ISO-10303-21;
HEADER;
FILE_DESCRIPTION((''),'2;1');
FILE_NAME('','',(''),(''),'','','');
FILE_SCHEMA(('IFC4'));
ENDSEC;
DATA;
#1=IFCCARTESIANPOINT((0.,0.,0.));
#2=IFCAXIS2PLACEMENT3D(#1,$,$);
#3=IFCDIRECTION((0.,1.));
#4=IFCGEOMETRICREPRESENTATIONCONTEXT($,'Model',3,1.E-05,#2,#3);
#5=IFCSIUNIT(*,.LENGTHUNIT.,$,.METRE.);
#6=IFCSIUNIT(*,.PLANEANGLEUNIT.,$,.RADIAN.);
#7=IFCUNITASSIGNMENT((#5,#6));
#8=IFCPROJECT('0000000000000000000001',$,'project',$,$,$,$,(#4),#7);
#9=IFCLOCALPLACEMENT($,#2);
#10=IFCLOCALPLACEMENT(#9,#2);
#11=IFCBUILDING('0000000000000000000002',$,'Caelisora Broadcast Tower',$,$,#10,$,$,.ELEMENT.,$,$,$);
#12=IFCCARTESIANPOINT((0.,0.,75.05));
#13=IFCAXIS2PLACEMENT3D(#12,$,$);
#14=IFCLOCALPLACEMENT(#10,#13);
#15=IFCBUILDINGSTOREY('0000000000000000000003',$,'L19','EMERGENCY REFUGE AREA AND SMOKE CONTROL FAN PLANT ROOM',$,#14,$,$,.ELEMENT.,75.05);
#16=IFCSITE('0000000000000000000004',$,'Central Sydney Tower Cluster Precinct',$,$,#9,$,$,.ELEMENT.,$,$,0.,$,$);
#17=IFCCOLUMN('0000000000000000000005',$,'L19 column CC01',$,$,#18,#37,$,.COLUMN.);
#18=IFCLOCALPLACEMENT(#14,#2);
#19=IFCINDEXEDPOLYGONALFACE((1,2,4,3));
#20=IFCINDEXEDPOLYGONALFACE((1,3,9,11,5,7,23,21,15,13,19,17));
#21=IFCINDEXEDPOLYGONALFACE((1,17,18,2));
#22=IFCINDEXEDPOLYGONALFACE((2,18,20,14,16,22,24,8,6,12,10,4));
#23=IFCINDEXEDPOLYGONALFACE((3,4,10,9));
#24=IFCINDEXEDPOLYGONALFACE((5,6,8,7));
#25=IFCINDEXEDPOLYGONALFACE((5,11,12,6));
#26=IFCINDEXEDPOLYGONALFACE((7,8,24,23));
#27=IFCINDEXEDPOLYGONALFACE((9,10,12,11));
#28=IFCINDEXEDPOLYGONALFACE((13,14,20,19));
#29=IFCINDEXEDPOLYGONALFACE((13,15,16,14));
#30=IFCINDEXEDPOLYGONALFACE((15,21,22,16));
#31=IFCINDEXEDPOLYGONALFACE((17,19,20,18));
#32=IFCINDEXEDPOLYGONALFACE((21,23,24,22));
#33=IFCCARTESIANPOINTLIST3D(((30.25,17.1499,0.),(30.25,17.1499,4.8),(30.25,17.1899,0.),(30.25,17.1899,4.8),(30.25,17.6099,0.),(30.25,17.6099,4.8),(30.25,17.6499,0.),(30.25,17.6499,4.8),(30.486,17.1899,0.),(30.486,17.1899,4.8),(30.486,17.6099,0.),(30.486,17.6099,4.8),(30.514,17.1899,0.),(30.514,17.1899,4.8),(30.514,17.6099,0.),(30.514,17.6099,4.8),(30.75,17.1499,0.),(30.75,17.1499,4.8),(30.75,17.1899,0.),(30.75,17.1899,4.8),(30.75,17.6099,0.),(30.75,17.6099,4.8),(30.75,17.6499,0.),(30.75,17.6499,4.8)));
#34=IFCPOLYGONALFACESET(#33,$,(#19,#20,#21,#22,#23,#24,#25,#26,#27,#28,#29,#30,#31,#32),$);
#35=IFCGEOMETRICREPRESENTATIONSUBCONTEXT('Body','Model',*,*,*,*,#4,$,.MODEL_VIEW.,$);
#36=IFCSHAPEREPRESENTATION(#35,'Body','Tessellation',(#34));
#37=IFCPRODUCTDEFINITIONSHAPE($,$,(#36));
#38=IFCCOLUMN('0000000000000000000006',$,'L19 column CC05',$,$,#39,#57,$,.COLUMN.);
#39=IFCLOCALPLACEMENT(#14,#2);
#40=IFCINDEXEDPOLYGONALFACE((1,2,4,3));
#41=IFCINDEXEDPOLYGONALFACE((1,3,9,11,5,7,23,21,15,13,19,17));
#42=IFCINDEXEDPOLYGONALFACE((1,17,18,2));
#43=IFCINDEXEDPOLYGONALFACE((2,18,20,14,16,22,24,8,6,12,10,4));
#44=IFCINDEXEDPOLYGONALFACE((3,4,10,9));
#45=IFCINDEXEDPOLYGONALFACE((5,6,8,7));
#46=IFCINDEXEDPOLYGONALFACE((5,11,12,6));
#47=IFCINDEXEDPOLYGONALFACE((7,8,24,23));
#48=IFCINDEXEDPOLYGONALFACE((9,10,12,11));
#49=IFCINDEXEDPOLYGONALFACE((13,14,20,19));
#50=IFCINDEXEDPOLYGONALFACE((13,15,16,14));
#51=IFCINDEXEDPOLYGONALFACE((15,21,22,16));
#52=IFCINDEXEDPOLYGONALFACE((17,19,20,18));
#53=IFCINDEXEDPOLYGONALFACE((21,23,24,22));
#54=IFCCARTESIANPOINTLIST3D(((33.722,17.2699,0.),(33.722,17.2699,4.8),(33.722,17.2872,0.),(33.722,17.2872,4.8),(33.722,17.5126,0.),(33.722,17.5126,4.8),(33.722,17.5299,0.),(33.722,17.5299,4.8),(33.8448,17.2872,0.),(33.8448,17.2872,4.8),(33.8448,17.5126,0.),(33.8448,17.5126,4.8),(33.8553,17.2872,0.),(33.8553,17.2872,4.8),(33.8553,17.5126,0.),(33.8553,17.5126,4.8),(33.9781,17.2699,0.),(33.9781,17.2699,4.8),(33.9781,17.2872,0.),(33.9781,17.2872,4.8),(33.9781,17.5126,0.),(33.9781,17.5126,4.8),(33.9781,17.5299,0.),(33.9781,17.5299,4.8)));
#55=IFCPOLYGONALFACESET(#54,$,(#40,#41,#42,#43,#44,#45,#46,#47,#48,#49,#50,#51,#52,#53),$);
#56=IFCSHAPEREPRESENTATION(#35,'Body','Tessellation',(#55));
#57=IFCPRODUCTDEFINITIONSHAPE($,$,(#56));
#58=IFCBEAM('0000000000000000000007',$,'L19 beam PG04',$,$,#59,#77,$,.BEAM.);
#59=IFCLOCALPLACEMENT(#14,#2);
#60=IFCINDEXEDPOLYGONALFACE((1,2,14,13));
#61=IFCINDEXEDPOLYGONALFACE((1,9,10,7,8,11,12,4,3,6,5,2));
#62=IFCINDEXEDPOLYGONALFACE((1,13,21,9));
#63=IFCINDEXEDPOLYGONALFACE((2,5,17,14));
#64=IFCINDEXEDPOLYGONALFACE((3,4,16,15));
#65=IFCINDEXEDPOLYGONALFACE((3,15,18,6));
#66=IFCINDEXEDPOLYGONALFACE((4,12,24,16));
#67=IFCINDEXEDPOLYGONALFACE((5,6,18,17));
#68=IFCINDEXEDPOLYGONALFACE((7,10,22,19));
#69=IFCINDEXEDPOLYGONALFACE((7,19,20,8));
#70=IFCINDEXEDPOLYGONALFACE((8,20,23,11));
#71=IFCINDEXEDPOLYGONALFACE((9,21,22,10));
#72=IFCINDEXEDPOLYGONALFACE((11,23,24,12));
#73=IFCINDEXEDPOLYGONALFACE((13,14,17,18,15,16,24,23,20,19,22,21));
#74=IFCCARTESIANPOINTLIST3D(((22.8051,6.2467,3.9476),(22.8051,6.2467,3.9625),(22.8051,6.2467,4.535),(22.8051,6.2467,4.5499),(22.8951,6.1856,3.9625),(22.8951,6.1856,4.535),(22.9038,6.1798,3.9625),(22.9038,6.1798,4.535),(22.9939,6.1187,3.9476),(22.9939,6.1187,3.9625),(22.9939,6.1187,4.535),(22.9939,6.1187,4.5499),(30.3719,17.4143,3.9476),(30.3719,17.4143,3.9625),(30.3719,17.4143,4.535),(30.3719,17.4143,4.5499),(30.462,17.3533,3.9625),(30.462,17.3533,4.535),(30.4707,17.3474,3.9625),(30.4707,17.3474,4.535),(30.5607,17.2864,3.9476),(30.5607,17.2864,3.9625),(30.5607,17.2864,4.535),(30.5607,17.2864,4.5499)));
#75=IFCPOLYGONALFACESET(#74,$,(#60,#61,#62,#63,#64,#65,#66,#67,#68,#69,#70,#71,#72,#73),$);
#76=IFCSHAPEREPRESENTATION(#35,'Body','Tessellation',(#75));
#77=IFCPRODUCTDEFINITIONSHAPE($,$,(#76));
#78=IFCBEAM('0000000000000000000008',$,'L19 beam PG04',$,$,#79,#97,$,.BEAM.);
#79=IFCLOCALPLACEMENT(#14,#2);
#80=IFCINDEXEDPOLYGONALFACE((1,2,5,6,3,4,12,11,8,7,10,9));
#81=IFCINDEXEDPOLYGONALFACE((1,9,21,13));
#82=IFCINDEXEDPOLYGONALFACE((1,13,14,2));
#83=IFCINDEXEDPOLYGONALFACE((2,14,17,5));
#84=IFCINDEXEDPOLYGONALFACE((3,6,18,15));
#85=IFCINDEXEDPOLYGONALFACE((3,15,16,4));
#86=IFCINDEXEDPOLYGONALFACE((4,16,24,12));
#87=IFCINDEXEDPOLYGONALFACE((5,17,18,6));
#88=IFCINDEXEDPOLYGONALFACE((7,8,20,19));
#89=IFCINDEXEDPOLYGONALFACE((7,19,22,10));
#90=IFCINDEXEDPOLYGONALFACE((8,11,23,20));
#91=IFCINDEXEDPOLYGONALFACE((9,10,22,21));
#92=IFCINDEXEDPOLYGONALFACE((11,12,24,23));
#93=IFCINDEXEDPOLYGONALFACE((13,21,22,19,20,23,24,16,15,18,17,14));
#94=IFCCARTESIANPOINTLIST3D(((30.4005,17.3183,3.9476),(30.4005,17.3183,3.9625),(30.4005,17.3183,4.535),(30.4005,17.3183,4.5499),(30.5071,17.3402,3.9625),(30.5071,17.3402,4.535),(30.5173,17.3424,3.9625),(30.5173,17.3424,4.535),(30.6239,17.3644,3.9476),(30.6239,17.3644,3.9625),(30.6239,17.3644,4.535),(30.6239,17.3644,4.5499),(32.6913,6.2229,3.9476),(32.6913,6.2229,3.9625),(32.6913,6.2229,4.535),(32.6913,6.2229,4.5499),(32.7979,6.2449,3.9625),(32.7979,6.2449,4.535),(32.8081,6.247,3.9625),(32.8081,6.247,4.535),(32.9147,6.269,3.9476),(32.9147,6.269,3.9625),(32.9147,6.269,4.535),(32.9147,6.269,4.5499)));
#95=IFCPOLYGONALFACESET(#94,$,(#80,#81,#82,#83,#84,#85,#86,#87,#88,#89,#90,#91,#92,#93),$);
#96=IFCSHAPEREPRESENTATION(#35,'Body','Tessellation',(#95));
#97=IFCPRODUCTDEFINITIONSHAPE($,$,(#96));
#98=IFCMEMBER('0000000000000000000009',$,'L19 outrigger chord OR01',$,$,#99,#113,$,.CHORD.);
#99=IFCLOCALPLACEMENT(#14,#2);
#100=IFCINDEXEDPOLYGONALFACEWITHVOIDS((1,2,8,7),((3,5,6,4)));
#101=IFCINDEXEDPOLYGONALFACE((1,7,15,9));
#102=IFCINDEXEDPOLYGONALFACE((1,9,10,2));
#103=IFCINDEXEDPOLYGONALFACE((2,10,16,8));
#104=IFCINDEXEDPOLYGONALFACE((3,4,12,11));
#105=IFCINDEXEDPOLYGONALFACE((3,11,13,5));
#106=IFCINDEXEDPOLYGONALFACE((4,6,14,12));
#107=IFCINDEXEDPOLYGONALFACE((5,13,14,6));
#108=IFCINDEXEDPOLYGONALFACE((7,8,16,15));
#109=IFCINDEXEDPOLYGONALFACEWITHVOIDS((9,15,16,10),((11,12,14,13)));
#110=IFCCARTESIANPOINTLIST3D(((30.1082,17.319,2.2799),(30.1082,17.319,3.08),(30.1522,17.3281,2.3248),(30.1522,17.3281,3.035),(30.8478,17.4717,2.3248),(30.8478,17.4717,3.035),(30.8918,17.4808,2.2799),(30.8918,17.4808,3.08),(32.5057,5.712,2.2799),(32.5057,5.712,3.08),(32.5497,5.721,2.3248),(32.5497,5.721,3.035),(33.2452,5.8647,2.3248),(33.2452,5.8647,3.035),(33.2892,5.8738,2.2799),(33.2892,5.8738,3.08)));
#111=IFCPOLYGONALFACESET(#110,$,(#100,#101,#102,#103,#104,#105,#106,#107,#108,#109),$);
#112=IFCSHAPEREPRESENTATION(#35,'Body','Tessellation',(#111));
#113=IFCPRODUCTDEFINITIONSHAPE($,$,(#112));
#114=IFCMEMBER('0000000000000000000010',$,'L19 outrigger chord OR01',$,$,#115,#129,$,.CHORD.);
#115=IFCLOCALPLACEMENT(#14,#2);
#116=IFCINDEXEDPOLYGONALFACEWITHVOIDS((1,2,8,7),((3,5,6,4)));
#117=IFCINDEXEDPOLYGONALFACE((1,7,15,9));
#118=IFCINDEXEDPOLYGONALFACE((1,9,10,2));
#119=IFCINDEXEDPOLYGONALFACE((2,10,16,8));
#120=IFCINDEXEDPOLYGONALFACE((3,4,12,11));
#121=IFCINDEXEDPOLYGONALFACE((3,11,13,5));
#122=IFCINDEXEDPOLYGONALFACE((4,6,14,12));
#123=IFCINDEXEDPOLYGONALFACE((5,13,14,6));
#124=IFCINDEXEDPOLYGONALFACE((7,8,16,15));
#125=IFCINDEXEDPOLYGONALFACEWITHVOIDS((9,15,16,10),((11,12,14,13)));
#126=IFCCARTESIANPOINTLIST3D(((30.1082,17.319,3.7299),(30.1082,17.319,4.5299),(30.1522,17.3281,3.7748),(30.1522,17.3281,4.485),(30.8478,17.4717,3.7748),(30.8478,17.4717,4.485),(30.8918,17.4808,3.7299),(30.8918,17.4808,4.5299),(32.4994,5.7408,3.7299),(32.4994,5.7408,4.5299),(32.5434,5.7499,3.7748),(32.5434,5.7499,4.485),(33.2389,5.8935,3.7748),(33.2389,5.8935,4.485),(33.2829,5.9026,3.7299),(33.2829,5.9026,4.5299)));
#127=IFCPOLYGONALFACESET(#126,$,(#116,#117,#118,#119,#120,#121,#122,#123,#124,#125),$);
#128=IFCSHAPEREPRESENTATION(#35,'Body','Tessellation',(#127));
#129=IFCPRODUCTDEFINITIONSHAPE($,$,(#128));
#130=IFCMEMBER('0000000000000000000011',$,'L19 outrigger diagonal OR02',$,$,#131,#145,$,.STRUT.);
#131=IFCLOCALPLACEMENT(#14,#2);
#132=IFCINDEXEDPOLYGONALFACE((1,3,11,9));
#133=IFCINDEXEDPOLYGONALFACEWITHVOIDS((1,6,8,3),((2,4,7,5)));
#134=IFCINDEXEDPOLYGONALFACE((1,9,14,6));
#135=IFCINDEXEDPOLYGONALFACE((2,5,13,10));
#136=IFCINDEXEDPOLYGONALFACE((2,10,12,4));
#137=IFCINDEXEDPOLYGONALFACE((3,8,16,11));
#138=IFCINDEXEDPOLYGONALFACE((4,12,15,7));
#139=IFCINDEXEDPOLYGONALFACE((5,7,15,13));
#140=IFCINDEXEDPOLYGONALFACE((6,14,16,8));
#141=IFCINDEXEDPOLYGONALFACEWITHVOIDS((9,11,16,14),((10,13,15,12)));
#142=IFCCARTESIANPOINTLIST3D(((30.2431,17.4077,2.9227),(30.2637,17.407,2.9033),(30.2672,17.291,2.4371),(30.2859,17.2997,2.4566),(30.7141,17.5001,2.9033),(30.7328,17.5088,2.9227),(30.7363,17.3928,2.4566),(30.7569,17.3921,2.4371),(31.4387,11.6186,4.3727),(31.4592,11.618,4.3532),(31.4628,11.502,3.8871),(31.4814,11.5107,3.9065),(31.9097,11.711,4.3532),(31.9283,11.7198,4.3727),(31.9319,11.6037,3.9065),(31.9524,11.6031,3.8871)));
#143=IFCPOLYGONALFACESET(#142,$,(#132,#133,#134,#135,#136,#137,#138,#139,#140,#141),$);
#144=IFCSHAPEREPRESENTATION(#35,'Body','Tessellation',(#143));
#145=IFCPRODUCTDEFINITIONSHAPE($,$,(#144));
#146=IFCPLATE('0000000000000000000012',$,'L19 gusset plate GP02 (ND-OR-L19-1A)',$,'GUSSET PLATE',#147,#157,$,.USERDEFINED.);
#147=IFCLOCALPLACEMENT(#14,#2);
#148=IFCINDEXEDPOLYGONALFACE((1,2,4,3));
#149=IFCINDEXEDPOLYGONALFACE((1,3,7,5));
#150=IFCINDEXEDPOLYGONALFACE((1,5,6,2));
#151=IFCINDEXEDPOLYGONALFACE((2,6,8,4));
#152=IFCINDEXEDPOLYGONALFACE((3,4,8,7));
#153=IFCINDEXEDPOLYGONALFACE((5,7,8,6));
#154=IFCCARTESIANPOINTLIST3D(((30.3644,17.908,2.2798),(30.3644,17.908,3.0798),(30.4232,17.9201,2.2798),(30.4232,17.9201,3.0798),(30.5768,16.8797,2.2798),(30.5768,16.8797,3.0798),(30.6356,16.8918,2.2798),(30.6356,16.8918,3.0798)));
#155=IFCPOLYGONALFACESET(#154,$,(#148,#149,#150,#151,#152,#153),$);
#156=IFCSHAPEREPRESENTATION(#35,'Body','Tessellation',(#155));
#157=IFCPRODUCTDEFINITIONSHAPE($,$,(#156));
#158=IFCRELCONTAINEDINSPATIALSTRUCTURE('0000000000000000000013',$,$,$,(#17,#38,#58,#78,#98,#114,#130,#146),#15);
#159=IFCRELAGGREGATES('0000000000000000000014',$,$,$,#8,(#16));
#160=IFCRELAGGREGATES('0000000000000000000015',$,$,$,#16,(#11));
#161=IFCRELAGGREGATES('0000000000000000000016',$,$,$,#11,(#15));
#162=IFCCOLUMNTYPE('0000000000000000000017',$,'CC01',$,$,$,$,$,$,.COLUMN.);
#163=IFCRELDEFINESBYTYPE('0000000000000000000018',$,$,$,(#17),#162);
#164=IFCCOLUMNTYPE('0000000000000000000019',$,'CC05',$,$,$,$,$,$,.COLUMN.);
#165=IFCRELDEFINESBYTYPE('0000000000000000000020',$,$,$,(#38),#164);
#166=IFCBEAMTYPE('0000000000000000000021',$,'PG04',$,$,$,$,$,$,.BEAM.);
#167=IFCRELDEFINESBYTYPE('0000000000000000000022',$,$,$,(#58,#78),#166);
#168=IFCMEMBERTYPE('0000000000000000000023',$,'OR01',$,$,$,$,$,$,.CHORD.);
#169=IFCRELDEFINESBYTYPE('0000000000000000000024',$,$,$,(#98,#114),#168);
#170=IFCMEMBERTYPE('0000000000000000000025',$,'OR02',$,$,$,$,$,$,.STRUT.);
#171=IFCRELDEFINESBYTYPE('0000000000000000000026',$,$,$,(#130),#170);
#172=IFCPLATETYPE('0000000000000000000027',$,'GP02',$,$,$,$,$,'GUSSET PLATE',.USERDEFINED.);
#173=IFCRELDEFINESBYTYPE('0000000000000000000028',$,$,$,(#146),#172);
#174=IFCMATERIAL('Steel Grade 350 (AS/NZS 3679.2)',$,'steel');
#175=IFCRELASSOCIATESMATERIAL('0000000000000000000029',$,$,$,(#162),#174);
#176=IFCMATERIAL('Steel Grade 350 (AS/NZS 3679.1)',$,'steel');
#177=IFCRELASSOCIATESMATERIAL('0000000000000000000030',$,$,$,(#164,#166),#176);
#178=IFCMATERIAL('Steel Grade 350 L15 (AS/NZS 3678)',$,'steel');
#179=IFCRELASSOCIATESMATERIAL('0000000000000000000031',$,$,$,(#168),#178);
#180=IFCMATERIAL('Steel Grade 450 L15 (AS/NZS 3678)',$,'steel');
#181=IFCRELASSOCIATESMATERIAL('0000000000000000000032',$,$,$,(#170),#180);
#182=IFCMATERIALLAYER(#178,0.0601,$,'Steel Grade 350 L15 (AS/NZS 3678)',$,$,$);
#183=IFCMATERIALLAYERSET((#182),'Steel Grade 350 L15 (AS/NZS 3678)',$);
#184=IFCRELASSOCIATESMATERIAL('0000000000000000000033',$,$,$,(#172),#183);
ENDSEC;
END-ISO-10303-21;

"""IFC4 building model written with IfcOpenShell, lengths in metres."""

from ifc_helpers import new_model, si_unit, direction, frame, origin, origin_2d, place, context, subcontext, project, spatial, rectangle, hollow_rectangle, i_section, extrude, source, transform, mapped, material, layer, layer_set, material_profile, profile_set, type_object, type_shapes, element, save


model = new_model("IFC4")

# Units and contexts
model_context = context("Model", 3, precision=1e-05, world=origin(), true_north=direction((0.0, 1.0)))
body_context = subcontext(model_context, "Body", "Model", "MODEL_VIEW")
ifc_project = project(units=[si_unit("LENGTHUNIT", "METRE"), si_unit("PLANEANGLEUNIT", "RADIAN")], contexts=[model_context])

# Site, building, storey
site_placement = place(None, origin())
site = spatial("IfcSite", under=ifc_project, at=site_placement, Name="Central Sydney Tower Cluster Precinct", CompositionType="ELEMENT", RefElevation=0.0)
building_placement = place(site_placement, origin())
building = spatial("IfcBuilding", under=site, at=building_placement, Name="Caelisora Broadcast Tower", CompositionType="ELEMENT")
storey_placement = place(building_placement, frame((0.0, 0.0, 75.05)))
storey = spatial("IfcBuildingStorey", under=building, at=storey_placement, Name="L19", Description="EMERGENCY REFUGE AREA AND SMOKE CONTROL FAN PLANT ROOM", CompositionType="ELEMENT", Elevation=75.05)

# Columns
ifc_material_1 = material(Name="Steel Grade 350 (AS/NZS 3679.2)", Category="steel")
ifc_material_profile_1 = material_profile(ifc_material_1, i_section(OverallWidth=0.5, OverallDepth=0.5, WebThickness=0.0281, FlangeThickness=0.04, at=origin_2d()), Name="Steel Grade 350 (AS/NZS 3679.2)")
ifc_profile_set_1 = profile_set([ifc_material_profile_1], Name="Steel Grade 350 (AS/NZS 3679.2)")
column_type_1 = type_object("IfcColumnType", Name="CC01", PredefinedType="COLUMN", material=ifc_profile_set_1)
shared_shape_1 = source(origin(), body_context, "Body", "SweptSolid", [
    extrude(i_section(OverallWidth=0.5, OverallDepth=0.5, WebThickness=0.0281, FlangeThickness=0.04, at=origin_2d()), origin(), (0.0, 0.0, 1.0), 4.8),
])
type_shapes(column_type_1, [shared_shape_1])
column_1_placement = place(storey_placement, frame((30.5, 17.3999, 0.0), z_axis=(0.0, 0.0, 1.0), x_axis=(1.0, 0.0, 0.0)))
element("IfcColumn", 1, at=column_1_placement, inside=storey, type_object=column_type_1, Name="L19 column CC01", PredefinedType="COLUMN", context=body_context, shape_type="MappedRepresentation", body=[
    mapped(shared_shape_1, transform((0.0, 0.0, 0.0), scale=1.0)),
])
ifc_material_2 = material(Name="Steel Grade 350 (AS/NZS 3679.1)", Category="steel")
ifc_material_profile_2 = material_profile(ifc_material_2, i_section(OverallWidth=0.2561, OverallDepth=0.26, WebThickness=0.0105, FlangeThickness=0.0173, at=origin_2d()), Name="Steel Grade 350 (AS/NZS 3679.1)")
ifc_profile_set_2 = profile_set([ifc_material_profile_2], Name="Steel Grade 350 (AS/NZS 3679.1)")
column_type_2 = type_object("IfcColumnType", Name="CC05", PredefinedType="COLUMN", material=ifc_profile_set_2)
shared_shape_2 = source(origin(), body_context, "Body", "SweptSolid", [
    extrude(i_section(OverallWidth=0.2561, OverallDepth=0.26, WebThickness=0.0105, FlangeThickness=0.0173, at=origin_2d()), origin(), (0.0, 0.0, 1.0), 4.8),
])
type_shapes(column_type_2, [shared_shape_2])
column_2_placement = place(storey_placement, frame((33.8501, 17.3999, 0.0), z_axis=(0.0, 0.0, 1.0), x_axis=(1.0, 0.0, 0.0)))
element("IfcColumn", 2, at=column_2_placement, inside=storey, type_object=column_type_2, Name="L19 column CC05", PredefinedType="COLUMN", context=body_context, shape_type="MappedRepresentation", body=[
    mapped(shared_shape_2, transform((0.0, 0.0, 0.0), scale=1.0)),
])

# Beams
ifc_material_profile_3 = material_profile(ifc_material_2, i_section(OverallWidth=0.228, OverallDepth=0.6023, WebThickness=0.0105, FlangeThickness=0.0149, at=origin_2d()), Name="Steel Grade 350 (AS/NZS 3679.1)")
ifc_profile_set_3 = profile_set([ifc_material_profile_3], Name="Steel Grade 350 (AS/NZS 3679.1)")
beam_type = type_object("IfcBeamType", Name="PG04", PredefinedType="BEAM", material=ifc_profile_set_3)
shared_shape_3 = source(origin(), body_context, "Body", "SweptSolid", [
    extrude(i_section(OverallWidth=0.228, OverallDepth=0.6023, WebThickness=0.0105, FlangeThickness=0.0149, at=origin_2d()), origin(), (0.0, 0.0, 1.0), 13.4897),
])
beam_1_placement = place(storey_placement, frame((30.4663, 17.3503, 4.2488), z_axis=(-0.560933, -0.827861, 0.0), x_axis=(0.827861, -0.560933, 0.0)))
element("IfcBeam", 3, at=beam_1_placement, inside=storey, type_object=beam_type, Name="L19 beam PG04", PredefinedType="BEAM", context=body_context, shape_type="MappedRepresentation", body=[
    mapped(shared_shape_3, transform((0.0, 0.0, 0.0), scale=1.0)),
])
shared_shape_4 = source(origin(), body_context, "Body", "SweptSolid", [
    extrude(i_section(OverallWidth=0.228, OverallDepth=0.6023, WebThickness=0.0105, FlangeThickness=0.0149, at=origin_2d()), origin(), (0.0, 0.0, 1.0), 11.3293),
])
type_shapes(beam_type, [shared_shape_3, shared_shape_4])
beam_2_placement = place(storey_placement, frame((30.5122, 17.3413, 4.2488), z_axis=(0.2022, -0.979344, 0.0), x_axis=(0.979344, 0.2022, 0.0)))
element("IfcBeam", 4, at=beam_2_placement, inside=storey, type_object=beam_type, Name="L19 beam PG04", PredefinedType="BEAM", context=body_context, shape_type="MappedRepresentation", body=[
    mapped(shared_shape_4, transform((0.0, 0.0, 0.0), scale=1.0)),
])

# Members
ifc_material_3 = material(Name="Steel Grade 350 L15 (AS/NZS 3678)", Category="steel")
ifc_material_profile_4 = material_profile(ifc_material_3, hollow_rectangle(XDim=0.8, YDim=0.8, WallThickness=0.0449, at=origin_2d()), Name="Steel Grade 350 L15 (AS/NZS 3678)")
ifc_profile_set_4 = profile_set([ifc_material_profile_4], Name="Steel Grade 350 L15 (AS/NZS 3678)")
member_type_1 = type_object("IfcMemberType", Name="OR01", PredefinedType="CHORD", material=ifc_profile_set_4)
shared_shape_5 = source(origin(), body_context, "Body", "SweptSolid", [
    extrude(hollow_rectangle(XDim=0.8, YDim=0.8, WallThickness=0.0449, at=origin_2d()), origin(), (0.0, 0.0, 1.0), 11.8521),
])
member_1_placement = place(storey_placement, frame((30.5, 17.3999, 2.6799), z_axis=(0.202284, -0.979327, 0.0), x_axis=(0.979327, 0.202284, 0.0)))
element("IfcMember", 5, at=member_1_placement, inside=storey, type_object=member_type_1, Name="L19 outrigger chord OR01", PredefinedType="CHORD", context=body_context, shape_type="MappedRepresentation", body=[
    mapped(shared_shape_5, transform((0.0, 0.0, 0.0), scale=1.0)),
])
shared_shape_6 = source(origin(), body_context, "Body", "SweptSolid", [
    extrude(hollow_rectangle(XDim=0.8, YDim=0.8, WallThickness=0.0449, at=origin_2d()), origin(), (0.0, 0.0, 1.0), 11.8225),
])
type_shapes(member_type_1, [shared_shape_5, shared_shape_6])
member_2_placement = place(storey_placement, frame((30.5, 17.3999, 4.1299), z_axis=(0.202252, -0.979334, 0.0), x_axis=(0.979334, 0.202252, 0.0)))
element("IfcMember", 6, at=member_2_placement, inside=storey, type_object=member_type_1, Name="L19 outrigger chord OR01", PredefinedType="CHORD", context=body_context, shape_type="MappedRepresentation", body=[
    mapped(shared_shape_6, transform((0.0, 0.0, 0.0), scale=1.0)),
])
ifc_material_4 = material(Name="Steel Grade 450 L15 (AS/NZS 3678)", Category="steel")
ifc_material_profile_5 = material_profile(ifc_material_4, hollow_rectangle(XDim=0.5, YDim=0.5, WallThickness=0.02, at=origin_2d()), Name="Steel Grade 450 L15 (AS/NZS 3678)")
ifc_profile_set_5 = profile_set([ifc_material_profile_5], Name="Steel Grade 450 L15 (AS/NZS 3678)")
member_type_2 = type_object("IfcMemberType", Name="OR02", PredefinedType="STRUT", material=ifc_profile_set_5)
shared_shape_7 = source(origin(), body_context, "Body", "SweptSolid", [
    extrude(hollow_rectangle(XDim=0.5, YDim=0.5, WallThickness=0.02, at=origin_2d()), origin(), (0.0, 0.0, 1.0), 6.0864),
])
type_shapes(member_type_2, [shared_shape_7])
member_3_placement = place(storey_placement, frame((30.5, 17.3999, 2.6799), z_axis=(0.196429, -0.951138, 0.238226), x_axis=(0.979334, 0.202252, 0.0)))
element("IfcMember", 7, at=member_3_placement, inside=storey, type_object=member_type_2, Name="L19 outrigger diagonal OR02", PredefinedType="STRUT", context=body_context, shape_type="MappedRepresentation", body=[
    mapped(shared_shape_7, transform((0.0, 0.0, 0.0), scale=1.0)),
])

# Plate
ifc_layer_1 = layer(ifc_material_3, 0.0601, Name="Steel Grade 350 L15 (AS/NZS 3678)")
ifc_layer_set_1 = layer_set([ifc_layer_1], Name="Steel Grade 350 L15 (AS/NZS 3678)")
plate_type = type_object("IfcPlateType", Name="GP02", ElementType="GUSSET PLATE", PredefinedType="USERDEFINED", material=ifc_layer_set_1)
shared_shape_8 = source(origin(), body_context, "Body", "SweptSolid", [
    extrude(rectangle(XDim=1.05, YDim=0.0601, at=origin_2d()), origin(), (0.0, 0.0, 1.0), 0.8),
])
type_shapes(plate_type, [shared_shape_8])
plate_placement = place(storey_placement, frame((30.5, 17.3999, 2.2798), z_axis=(0.0, 0.0, 1.0), x_axis=(0.202275, -0.979329, 0.0)))
element("IfcPlate", 8, at=plate_placement, inside=storey, type_object=plate_type, Name="L19 gusset plate GP02 (ND-OR-L19-1A)", ObjectType="GUSSET PLATE", PredefinedType="USERDEFINED", context=body_context, shape_type="MappedRepresentation", body=[
    mapped(shared_shape_8, transform((0.0, 0.0, 0.0), scale=1.0)),
])

save(model, "model.ifc")
